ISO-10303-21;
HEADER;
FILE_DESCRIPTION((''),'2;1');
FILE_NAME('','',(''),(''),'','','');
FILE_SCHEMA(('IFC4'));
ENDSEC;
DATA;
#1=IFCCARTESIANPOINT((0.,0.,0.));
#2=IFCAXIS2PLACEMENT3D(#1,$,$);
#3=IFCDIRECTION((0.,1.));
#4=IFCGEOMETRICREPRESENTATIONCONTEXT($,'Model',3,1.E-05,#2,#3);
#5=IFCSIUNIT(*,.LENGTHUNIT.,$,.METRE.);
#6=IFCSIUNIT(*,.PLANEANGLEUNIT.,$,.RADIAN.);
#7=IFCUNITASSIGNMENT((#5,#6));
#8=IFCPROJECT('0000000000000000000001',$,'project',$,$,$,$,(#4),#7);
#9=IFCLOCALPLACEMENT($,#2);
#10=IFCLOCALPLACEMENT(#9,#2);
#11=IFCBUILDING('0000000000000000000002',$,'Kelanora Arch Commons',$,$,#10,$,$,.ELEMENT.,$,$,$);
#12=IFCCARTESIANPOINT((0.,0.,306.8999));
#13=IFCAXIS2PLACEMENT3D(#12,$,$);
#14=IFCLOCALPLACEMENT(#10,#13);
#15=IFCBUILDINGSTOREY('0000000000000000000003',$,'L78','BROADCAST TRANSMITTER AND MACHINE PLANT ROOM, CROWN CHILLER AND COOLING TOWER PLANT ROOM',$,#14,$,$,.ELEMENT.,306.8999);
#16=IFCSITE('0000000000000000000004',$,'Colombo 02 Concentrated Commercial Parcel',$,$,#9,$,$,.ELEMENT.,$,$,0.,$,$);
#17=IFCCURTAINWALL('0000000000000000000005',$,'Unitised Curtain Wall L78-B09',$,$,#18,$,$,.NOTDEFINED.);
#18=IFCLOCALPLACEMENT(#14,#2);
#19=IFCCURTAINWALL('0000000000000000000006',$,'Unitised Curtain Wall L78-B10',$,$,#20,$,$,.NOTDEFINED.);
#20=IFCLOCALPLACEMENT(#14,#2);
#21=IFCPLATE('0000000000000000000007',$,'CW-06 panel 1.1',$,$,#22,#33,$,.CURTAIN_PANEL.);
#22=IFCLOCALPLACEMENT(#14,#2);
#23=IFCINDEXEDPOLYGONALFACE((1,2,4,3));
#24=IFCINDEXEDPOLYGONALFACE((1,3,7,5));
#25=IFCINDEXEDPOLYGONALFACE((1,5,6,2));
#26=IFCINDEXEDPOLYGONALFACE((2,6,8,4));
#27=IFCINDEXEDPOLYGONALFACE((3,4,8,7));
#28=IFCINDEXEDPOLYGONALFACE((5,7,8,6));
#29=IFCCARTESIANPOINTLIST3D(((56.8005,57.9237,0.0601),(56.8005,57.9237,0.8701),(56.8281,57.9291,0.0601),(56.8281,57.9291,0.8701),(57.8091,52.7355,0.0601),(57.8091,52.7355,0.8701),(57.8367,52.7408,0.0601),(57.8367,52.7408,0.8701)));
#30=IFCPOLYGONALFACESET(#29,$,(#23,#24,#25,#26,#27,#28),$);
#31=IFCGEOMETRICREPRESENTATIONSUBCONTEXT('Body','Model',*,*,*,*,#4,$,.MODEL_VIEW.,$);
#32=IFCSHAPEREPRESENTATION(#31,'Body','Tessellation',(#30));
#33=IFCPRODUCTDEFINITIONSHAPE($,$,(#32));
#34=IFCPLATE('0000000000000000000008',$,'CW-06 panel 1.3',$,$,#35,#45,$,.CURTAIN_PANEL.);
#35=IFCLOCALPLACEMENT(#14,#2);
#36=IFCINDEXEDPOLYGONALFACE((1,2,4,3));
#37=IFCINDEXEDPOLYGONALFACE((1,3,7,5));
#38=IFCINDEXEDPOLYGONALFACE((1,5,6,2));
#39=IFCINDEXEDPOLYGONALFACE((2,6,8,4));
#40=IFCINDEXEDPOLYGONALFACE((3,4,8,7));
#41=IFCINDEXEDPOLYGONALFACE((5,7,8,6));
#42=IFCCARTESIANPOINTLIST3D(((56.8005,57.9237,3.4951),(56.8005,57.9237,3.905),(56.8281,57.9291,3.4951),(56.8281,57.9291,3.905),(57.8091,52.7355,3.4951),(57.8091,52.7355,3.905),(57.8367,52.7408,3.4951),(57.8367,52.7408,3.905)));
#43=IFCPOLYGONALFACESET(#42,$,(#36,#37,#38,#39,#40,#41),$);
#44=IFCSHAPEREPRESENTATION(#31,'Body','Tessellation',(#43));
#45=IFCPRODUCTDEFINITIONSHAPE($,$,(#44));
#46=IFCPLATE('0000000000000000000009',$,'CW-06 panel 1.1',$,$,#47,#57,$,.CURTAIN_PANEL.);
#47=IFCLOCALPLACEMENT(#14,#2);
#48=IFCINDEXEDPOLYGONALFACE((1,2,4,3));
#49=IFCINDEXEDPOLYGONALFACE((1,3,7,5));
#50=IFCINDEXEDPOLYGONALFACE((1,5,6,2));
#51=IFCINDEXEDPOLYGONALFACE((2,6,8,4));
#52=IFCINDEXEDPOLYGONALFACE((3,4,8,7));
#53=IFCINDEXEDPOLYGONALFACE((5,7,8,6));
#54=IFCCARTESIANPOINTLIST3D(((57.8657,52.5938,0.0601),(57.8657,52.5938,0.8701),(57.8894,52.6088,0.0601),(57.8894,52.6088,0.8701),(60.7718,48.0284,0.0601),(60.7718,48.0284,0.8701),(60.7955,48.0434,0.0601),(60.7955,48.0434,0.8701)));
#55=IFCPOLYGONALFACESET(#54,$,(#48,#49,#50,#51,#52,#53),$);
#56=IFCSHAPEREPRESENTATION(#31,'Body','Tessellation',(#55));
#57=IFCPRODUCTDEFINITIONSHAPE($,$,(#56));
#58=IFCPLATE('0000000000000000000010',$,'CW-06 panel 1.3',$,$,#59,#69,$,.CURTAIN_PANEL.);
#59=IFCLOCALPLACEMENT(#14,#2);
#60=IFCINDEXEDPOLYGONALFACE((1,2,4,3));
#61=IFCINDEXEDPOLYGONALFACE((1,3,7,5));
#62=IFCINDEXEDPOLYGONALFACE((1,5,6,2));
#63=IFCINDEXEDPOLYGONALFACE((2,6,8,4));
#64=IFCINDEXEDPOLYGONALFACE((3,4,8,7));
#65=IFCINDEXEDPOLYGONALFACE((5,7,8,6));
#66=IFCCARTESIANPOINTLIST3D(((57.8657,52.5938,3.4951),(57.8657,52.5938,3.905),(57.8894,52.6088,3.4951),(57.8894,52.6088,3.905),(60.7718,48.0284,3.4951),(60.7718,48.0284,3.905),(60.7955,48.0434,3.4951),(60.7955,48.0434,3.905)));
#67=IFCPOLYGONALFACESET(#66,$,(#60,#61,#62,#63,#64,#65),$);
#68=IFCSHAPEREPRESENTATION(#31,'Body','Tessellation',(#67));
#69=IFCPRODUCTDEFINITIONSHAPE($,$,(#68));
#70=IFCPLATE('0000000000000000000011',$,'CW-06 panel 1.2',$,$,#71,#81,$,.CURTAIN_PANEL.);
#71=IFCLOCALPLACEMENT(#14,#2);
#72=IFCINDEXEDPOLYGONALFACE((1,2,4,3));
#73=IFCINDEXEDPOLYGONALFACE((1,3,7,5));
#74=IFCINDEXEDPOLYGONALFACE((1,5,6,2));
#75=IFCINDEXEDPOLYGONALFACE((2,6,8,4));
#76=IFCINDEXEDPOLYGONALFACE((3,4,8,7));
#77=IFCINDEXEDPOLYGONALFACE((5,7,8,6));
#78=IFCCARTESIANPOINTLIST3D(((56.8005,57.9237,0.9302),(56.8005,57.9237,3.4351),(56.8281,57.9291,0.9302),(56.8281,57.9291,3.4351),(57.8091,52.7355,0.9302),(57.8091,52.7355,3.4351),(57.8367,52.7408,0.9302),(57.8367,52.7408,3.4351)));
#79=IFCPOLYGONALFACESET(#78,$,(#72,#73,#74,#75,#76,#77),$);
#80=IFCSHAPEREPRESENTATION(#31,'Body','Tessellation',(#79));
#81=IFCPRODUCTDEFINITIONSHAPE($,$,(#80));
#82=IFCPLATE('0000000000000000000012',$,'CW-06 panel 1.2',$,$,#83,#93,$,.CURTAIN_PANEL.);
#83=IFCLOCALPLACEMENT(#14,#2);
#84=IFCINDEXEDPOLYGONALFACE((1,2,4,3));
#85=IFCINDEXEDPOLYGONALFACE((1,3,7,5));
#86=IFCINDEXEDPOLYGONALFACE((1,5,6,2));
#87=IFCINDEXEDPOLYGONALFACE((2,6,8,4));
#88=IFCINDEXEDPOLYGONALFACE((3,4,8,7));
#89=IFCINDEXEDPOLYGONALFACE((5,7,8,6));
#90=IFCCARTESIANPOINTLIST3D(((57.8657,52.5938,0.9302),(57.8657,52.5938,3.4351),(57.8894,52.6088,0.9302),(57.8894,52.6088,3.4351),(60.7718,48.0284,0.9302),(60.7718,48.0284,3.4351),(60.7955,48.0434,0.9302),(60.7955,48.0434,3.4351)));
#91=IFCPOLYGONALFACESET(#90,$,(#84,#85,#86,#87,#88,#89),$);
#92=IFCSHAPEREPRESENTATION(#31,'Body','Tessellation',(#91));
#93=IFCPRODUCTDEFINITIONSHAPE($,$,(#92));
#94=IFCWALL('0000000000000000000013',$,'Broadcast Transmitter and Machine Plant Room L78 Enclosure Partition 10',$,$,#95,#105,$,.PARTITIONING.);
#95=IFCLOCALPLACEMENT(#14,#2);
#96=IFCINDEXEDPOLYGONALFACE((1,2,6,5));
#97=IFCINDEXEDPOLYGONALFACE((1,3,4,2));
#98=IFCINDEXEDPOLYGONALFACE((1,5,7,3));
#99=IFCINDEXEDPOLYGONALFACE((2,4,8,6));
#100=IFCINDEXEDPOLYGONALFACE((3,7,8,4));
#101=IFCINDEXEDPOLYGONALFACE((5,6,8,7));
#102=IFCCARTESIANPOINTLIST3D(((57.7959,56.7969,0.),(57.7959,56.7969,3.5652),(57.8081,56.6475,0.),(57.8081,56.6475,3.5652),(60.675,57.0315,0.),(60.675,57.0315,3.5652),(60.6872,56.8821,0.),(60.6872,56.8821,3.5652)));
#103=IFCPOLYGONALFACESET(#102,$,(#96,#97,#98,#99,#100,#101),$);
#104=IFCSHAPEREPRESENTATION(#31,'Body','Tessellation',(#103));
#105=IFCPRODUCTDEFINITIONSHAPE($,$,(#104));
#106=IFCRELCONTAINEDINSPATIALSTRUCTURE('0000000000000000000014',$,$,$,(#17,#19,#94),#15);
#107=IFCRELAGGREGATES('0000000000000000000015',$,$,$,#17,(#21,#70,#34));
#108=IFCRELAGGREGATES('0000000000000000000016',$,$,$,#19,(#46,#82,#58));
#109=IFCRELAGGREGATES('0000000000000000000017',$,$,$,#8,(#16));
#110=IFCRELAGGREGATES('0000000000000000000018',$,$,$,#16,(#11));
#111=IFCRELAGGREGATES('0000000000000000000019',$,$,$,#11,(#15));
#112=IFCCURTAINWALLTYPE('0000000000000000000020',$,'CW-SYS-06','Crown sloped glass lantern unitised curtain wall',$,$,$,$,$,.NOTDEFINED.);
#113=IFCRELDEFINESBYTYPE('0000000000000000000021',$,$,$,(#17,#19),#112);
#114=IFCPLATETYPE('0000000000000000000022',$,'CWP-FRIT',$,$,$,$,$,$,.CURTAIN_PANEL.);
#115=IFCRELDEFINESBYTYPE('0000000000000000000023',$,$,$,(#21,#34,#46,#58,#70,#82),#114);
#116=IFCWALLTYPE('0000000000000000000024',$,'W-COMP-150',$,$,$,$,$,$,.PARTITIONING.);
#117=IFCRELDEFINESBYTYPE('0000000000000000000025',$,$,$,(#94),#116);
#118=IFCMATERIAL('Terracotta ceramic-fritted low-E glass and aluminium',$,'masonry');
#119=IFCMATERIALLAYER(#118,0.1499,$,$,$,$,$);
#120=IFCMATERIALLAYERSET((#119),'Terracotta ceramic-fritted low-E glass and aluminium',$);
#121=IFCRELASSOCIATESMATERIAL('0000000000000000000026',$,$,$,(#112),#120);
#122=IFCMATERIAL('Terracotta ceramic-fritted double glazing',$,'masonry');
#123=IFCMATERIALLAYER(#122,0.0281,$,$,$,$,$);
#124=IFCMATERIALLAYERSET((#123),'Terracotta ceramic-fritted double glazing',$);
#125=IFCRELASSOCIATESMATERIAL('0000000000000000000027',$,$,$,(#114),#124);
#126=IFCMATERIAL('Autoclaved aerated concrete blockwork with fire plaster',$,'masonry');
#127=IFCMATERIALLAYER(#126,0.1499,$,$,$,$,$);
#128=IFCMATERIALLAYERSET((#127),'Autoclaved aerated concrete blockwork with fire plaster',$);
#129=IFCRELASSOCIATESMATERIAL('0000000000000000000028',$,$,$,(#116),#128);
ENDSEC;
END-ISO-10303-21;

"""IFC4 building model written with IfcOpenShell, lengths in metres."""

from ifc_helpers import new_model, si_unit, direction, frame, frame_2d, origin, origin_2d, place, context, subcontext, project, spatial, rectangle, extrude, source, transform, mapped, material, layer, layer_set, type_object, element, aggregate, save


model = new_model("IFC4")

# Units and contexts
model_context = context("Model", 3, precision=1e-05, world=origin(), true_north=direction((0.0, 1.0)))
body_context = subcontext(model_context, "Body", "Model", "MODEL_VIEW")
ifc_project = project(units=[si_unit("LENGTHUNIT", "METRE"), si_unit("PLANEANGLEUNIT", "RADIAN")], contexts=[model_context])

# Site, building, storey
site_placement = place(None, origin())
site = spatial("IfcSite", under=ifc_project, at=site_placement, Name="Colombo 02 Concentrated Commercial Parcel", CompositionType="ELEMENT", RefElevation=0.0)
building_placement = place(site_placement, origin())
building = spatial("IfcBuilding", under=site, at=building_placement, Name="Kelanora Arch Commons", CompositionType="ELEMENT")
storey_placement = place(building_placement, frame((0.0, 0.0, 306.8999)))
storey = spatial("IfcBuildingStorey", under=building, at=storey_placement, Name="L78", Description="BROADCAST TRANSMITTER AND MACHINE PLANT ROOM, CROWN CHILLER AND COOLING TOWER PLANT ROOM", CompositionType="ELEMENT", Elevation=306.8999)

# Curtain walls
ifc_material_1 = material(Name="Terracotta ceramic-fritted low-E glass and aluminium", Category="masonry")
ifc_layer_1 = layer(ifc_material_1, 0.1499)
ifc_layer_set_1 = layer_set([ifc_layer_1], Name="Terracotta ceramic-fritted low-E glass and aluminium")
curtain_wall_type = type_object("IfcCurtainWallType", Name="CW-SYS-06", Description="Crown sloped glass lantern unitised curtain wall", PredefinedType="NOTDEFINED", material=ifc_layer_set_1)
curtain_wall_1_placement = place(storey_placement, origin())
curtain_wall_1 = element("IfcCurtainWall", 1, at=curtain_wall_1_placement, inside=storey, type_object=curtain_wall_type, Name="Unitised Curtain Wall L78-B09", PredefinedType="NOTDEFINED")
curtain_wall_2_placement = place(storey_placement, origin())
curtain_wall_2 = element("IfcCurtainWall", 2, at=curtain_wall_2_placement, inside=storey, type_object=curtain_wall_type, Name="Unitised Curtain Wall L78-B10", PredefinedType="NOTDEFINED")

# Plates
ifc_material_2 = material(Name="Terracotta ceramic-fritted double glazing", Category="masonry")
ifc_layer_2 = layer(ifc_material_2, 0.0281)
ifc_layer_set_2 = layer_set([ifc_layer_2], Name="Terracotta ceramic-fritted double glazing")
plate_type = type_object("IfcPlateType", Name="CWP-FRIT", PredefinedType="CURTAIN_PANEL", material=ifc_layer_set_2)
shared_shape_1 = source(origin(), body_context, "Body", "SweptSolid", [
    extrude(rectangle(XDim=5.2854, YDim=0.0281, at=origin_2d()), origin(), (0.0, 0.0, 1.0), 0.8101),
])
plate_1_placement = place(storey_placement, frame((57.3186, 55.3323, 0.0601), z_axis=(0.0, 0.0, 1.0), x_axis=(0.190827, -0.981624, 0.0)))
plate_1 = element("IfcPlate", 3, at=plate_1_placement, type_object=plate_type, Name="CW-06 panel 1.1", PredefinedType="CURTAIN_PANEL", context=body_context, shape_type="MappedRepresentation", body=[
    mapped(shared_shape_1, transform((0.0, 0.0, 0.0), scale=1.0)),
])
shared_shape_2 = source(origin(), body_context, "Body", "SweptSolid", [
    extrude(rectangle(XDim=5.2854, YDim=0.0281, at=origin_2d()), origin(), (0.0, 0.0, 1.0), 0.4099),
])
plate_2_placement = place(storey_placement, frame((57.3186, 55.3323, 3.4951), z_axis=(0.0, 0.0, 1.0), x_axis=(0.190827, -0.981624, 0.0)))
plate_2 = element("IfcPlate", 4, at=plate_2_placement, type_object=plate_type, Name="CW-06 panel 1.3", PredefinedType="CURTAIN_PANEL", context=body_context, shape_type="MappedRepresentation", body=[
    mapped(shared_shape_2, transform((0.0, 0.0, 0.0), scale=1.0)),
])
shared_shape_3 = source(origin(), body_context, "Body", "SweptSolid", [
    extrude(rectangle(XDim=5.4119, YDim=0.0281, at=origin_2d()), origin(), (0.0, 0.0, 1.0), 0.8101),
])
plate_3_placement = place(storey_placement, frame((59.3306, 50.3186, 0.0601), z_axis=(0.0, 0.0, 1.0), x_axis=(0.536984, -0.843592, 0.0)))
plate_3 = element("IfcPlate", 5, at=plate_3_placement, type_object=plate_type, Name="CW-06 panel 1.1", PredefinedType="CURTAIN_PANEL", context=body_context, shape_type="MappedRepresentation", body=[
    mapped(shared_shape_3, transform((0.0, 0.0, 0.0), scale=1.0)),
])
shared_shape_4 = source(origin(), body_context, "Body", "SweptSolid", [
    extrude(rectangle(XDim=5.4119, YDim=0.0281, at=origin_2d()), origin(), (0.0, 0.0, 1.0), 0.4099),
])
plate_4_placement = place(storey_placement, frame((59.3306, 50.3186, 3.4951), z_axis=(0.0, 0.0, 1.0), x_axis=(0.536984, -0.843592, 0.0)))
plate_4 = element("IfcPlate", 6, at=plate_4_placement, type_object=plate_type, Name="CW-06 panel 1.3", PredefinedType="CURTAIN_PANEL", context=body_context, shape_type="MappedRepresentation", body=[
    mapped(shared_shape_4, transform((0.0, 0.0, 0.0), scale=1.0)),
])
shared_shape_5 = source(origin(), body_context, "Body", "SweptSolid", [
    extrude(rectangle(XDim=5.2854, YDim=0.0281, at=origin_2d()), origin(), (0.0, 0.0, 1.0), 2.5049),
])
plate_5_placement = place(storey_placement, frame((57.3186, 55.3323, 0.9302), z_axis=(0.0, 0.0, 1.0), x_axis=(0.190827, -0.981624, 0.0)))
plate_5 = element("IfcPlate", 7, at=plate_5_placement, type_object=plate_type, Name="CW-06 panel 1.2", PredefinedType="CURTAIN_PANEL", context=body_context, shape_type="MappedRepresentation", body=[
    mapped(shared_shape_5, transform((0.0, 0.0, 0.0), scale=1.0)),
])
aggregate(curtain_wall_1, [plate_1, plate_5, plate_2])
shared_shape_6 = source(origin(), body_context, "Body", "SweptSolid", [
    extrude(rectangle(XDim=5.4119, YDim=0.0281, at=origin_2d()), origin(), (0.0, 0.0, 1.0), 2.5049),
])
plate_6_placement = place(storey_placement, frame((59.3306, 50.3186, 0.9302), z_axis=(0.0, 0.0, 1.0), x_axis=(0.536984, -0.843592, 0.0)))
plate_6 = element("IfcPlate", 8, at=plate_6_placement, type_object=plate_type, Name="CW-06 panel 1.2", PredefinedType="CURTAIN_PANEL", context=body_context, shape_type="MappedRepresentation", body=[
    mapped(shared_shape_6, transform((0.0, 0.0, 0.0), scale=1.0)),
])
aggregate(curtain_wall_2, [plate_3, plate_6, plate_4])

# Wall
ifc_material_3 = material(Name="Autoclaved aerated concrete blockwork with fire plaster", Category="masonry")
ifc_layer_3 = layer(ifc_material_3, 0.1499)
ifc_layer_set_3 = layer_set([ifc_layer_3], Name="Autoclaved aerated concrete blockwork with fire plaster")
wall_type = type_object("IfcWallType", Name="W-COMP-150", PredefinedType="PARTITIONING", material=ifc_layer_set_3)
wall_placement = place(storey_placement, frame((57.802, 56.7222, 0.0), z_axis=(0.0, 0.0, 1.0), x_axis=(0.996696, 0.08122, 0.0)))
element("IfcWall", 9, at=wall_placement, inside=storey, type_object=wall_type, Name="Broadcast Transmitter and Machine Plant Room L78 Enclosure Partition 10", PredefinedType="PARTITIONING", context=body_context, shape_type="SweptSolid", body=[
    extrude(rectangle(XDim=2.8887, YDim=0.1499, at=frame_2d((1.4443, 0.0))), origin(), (0.0, 0.0, 1.0), 3.5652),
])

save(model, "model.ifc")
